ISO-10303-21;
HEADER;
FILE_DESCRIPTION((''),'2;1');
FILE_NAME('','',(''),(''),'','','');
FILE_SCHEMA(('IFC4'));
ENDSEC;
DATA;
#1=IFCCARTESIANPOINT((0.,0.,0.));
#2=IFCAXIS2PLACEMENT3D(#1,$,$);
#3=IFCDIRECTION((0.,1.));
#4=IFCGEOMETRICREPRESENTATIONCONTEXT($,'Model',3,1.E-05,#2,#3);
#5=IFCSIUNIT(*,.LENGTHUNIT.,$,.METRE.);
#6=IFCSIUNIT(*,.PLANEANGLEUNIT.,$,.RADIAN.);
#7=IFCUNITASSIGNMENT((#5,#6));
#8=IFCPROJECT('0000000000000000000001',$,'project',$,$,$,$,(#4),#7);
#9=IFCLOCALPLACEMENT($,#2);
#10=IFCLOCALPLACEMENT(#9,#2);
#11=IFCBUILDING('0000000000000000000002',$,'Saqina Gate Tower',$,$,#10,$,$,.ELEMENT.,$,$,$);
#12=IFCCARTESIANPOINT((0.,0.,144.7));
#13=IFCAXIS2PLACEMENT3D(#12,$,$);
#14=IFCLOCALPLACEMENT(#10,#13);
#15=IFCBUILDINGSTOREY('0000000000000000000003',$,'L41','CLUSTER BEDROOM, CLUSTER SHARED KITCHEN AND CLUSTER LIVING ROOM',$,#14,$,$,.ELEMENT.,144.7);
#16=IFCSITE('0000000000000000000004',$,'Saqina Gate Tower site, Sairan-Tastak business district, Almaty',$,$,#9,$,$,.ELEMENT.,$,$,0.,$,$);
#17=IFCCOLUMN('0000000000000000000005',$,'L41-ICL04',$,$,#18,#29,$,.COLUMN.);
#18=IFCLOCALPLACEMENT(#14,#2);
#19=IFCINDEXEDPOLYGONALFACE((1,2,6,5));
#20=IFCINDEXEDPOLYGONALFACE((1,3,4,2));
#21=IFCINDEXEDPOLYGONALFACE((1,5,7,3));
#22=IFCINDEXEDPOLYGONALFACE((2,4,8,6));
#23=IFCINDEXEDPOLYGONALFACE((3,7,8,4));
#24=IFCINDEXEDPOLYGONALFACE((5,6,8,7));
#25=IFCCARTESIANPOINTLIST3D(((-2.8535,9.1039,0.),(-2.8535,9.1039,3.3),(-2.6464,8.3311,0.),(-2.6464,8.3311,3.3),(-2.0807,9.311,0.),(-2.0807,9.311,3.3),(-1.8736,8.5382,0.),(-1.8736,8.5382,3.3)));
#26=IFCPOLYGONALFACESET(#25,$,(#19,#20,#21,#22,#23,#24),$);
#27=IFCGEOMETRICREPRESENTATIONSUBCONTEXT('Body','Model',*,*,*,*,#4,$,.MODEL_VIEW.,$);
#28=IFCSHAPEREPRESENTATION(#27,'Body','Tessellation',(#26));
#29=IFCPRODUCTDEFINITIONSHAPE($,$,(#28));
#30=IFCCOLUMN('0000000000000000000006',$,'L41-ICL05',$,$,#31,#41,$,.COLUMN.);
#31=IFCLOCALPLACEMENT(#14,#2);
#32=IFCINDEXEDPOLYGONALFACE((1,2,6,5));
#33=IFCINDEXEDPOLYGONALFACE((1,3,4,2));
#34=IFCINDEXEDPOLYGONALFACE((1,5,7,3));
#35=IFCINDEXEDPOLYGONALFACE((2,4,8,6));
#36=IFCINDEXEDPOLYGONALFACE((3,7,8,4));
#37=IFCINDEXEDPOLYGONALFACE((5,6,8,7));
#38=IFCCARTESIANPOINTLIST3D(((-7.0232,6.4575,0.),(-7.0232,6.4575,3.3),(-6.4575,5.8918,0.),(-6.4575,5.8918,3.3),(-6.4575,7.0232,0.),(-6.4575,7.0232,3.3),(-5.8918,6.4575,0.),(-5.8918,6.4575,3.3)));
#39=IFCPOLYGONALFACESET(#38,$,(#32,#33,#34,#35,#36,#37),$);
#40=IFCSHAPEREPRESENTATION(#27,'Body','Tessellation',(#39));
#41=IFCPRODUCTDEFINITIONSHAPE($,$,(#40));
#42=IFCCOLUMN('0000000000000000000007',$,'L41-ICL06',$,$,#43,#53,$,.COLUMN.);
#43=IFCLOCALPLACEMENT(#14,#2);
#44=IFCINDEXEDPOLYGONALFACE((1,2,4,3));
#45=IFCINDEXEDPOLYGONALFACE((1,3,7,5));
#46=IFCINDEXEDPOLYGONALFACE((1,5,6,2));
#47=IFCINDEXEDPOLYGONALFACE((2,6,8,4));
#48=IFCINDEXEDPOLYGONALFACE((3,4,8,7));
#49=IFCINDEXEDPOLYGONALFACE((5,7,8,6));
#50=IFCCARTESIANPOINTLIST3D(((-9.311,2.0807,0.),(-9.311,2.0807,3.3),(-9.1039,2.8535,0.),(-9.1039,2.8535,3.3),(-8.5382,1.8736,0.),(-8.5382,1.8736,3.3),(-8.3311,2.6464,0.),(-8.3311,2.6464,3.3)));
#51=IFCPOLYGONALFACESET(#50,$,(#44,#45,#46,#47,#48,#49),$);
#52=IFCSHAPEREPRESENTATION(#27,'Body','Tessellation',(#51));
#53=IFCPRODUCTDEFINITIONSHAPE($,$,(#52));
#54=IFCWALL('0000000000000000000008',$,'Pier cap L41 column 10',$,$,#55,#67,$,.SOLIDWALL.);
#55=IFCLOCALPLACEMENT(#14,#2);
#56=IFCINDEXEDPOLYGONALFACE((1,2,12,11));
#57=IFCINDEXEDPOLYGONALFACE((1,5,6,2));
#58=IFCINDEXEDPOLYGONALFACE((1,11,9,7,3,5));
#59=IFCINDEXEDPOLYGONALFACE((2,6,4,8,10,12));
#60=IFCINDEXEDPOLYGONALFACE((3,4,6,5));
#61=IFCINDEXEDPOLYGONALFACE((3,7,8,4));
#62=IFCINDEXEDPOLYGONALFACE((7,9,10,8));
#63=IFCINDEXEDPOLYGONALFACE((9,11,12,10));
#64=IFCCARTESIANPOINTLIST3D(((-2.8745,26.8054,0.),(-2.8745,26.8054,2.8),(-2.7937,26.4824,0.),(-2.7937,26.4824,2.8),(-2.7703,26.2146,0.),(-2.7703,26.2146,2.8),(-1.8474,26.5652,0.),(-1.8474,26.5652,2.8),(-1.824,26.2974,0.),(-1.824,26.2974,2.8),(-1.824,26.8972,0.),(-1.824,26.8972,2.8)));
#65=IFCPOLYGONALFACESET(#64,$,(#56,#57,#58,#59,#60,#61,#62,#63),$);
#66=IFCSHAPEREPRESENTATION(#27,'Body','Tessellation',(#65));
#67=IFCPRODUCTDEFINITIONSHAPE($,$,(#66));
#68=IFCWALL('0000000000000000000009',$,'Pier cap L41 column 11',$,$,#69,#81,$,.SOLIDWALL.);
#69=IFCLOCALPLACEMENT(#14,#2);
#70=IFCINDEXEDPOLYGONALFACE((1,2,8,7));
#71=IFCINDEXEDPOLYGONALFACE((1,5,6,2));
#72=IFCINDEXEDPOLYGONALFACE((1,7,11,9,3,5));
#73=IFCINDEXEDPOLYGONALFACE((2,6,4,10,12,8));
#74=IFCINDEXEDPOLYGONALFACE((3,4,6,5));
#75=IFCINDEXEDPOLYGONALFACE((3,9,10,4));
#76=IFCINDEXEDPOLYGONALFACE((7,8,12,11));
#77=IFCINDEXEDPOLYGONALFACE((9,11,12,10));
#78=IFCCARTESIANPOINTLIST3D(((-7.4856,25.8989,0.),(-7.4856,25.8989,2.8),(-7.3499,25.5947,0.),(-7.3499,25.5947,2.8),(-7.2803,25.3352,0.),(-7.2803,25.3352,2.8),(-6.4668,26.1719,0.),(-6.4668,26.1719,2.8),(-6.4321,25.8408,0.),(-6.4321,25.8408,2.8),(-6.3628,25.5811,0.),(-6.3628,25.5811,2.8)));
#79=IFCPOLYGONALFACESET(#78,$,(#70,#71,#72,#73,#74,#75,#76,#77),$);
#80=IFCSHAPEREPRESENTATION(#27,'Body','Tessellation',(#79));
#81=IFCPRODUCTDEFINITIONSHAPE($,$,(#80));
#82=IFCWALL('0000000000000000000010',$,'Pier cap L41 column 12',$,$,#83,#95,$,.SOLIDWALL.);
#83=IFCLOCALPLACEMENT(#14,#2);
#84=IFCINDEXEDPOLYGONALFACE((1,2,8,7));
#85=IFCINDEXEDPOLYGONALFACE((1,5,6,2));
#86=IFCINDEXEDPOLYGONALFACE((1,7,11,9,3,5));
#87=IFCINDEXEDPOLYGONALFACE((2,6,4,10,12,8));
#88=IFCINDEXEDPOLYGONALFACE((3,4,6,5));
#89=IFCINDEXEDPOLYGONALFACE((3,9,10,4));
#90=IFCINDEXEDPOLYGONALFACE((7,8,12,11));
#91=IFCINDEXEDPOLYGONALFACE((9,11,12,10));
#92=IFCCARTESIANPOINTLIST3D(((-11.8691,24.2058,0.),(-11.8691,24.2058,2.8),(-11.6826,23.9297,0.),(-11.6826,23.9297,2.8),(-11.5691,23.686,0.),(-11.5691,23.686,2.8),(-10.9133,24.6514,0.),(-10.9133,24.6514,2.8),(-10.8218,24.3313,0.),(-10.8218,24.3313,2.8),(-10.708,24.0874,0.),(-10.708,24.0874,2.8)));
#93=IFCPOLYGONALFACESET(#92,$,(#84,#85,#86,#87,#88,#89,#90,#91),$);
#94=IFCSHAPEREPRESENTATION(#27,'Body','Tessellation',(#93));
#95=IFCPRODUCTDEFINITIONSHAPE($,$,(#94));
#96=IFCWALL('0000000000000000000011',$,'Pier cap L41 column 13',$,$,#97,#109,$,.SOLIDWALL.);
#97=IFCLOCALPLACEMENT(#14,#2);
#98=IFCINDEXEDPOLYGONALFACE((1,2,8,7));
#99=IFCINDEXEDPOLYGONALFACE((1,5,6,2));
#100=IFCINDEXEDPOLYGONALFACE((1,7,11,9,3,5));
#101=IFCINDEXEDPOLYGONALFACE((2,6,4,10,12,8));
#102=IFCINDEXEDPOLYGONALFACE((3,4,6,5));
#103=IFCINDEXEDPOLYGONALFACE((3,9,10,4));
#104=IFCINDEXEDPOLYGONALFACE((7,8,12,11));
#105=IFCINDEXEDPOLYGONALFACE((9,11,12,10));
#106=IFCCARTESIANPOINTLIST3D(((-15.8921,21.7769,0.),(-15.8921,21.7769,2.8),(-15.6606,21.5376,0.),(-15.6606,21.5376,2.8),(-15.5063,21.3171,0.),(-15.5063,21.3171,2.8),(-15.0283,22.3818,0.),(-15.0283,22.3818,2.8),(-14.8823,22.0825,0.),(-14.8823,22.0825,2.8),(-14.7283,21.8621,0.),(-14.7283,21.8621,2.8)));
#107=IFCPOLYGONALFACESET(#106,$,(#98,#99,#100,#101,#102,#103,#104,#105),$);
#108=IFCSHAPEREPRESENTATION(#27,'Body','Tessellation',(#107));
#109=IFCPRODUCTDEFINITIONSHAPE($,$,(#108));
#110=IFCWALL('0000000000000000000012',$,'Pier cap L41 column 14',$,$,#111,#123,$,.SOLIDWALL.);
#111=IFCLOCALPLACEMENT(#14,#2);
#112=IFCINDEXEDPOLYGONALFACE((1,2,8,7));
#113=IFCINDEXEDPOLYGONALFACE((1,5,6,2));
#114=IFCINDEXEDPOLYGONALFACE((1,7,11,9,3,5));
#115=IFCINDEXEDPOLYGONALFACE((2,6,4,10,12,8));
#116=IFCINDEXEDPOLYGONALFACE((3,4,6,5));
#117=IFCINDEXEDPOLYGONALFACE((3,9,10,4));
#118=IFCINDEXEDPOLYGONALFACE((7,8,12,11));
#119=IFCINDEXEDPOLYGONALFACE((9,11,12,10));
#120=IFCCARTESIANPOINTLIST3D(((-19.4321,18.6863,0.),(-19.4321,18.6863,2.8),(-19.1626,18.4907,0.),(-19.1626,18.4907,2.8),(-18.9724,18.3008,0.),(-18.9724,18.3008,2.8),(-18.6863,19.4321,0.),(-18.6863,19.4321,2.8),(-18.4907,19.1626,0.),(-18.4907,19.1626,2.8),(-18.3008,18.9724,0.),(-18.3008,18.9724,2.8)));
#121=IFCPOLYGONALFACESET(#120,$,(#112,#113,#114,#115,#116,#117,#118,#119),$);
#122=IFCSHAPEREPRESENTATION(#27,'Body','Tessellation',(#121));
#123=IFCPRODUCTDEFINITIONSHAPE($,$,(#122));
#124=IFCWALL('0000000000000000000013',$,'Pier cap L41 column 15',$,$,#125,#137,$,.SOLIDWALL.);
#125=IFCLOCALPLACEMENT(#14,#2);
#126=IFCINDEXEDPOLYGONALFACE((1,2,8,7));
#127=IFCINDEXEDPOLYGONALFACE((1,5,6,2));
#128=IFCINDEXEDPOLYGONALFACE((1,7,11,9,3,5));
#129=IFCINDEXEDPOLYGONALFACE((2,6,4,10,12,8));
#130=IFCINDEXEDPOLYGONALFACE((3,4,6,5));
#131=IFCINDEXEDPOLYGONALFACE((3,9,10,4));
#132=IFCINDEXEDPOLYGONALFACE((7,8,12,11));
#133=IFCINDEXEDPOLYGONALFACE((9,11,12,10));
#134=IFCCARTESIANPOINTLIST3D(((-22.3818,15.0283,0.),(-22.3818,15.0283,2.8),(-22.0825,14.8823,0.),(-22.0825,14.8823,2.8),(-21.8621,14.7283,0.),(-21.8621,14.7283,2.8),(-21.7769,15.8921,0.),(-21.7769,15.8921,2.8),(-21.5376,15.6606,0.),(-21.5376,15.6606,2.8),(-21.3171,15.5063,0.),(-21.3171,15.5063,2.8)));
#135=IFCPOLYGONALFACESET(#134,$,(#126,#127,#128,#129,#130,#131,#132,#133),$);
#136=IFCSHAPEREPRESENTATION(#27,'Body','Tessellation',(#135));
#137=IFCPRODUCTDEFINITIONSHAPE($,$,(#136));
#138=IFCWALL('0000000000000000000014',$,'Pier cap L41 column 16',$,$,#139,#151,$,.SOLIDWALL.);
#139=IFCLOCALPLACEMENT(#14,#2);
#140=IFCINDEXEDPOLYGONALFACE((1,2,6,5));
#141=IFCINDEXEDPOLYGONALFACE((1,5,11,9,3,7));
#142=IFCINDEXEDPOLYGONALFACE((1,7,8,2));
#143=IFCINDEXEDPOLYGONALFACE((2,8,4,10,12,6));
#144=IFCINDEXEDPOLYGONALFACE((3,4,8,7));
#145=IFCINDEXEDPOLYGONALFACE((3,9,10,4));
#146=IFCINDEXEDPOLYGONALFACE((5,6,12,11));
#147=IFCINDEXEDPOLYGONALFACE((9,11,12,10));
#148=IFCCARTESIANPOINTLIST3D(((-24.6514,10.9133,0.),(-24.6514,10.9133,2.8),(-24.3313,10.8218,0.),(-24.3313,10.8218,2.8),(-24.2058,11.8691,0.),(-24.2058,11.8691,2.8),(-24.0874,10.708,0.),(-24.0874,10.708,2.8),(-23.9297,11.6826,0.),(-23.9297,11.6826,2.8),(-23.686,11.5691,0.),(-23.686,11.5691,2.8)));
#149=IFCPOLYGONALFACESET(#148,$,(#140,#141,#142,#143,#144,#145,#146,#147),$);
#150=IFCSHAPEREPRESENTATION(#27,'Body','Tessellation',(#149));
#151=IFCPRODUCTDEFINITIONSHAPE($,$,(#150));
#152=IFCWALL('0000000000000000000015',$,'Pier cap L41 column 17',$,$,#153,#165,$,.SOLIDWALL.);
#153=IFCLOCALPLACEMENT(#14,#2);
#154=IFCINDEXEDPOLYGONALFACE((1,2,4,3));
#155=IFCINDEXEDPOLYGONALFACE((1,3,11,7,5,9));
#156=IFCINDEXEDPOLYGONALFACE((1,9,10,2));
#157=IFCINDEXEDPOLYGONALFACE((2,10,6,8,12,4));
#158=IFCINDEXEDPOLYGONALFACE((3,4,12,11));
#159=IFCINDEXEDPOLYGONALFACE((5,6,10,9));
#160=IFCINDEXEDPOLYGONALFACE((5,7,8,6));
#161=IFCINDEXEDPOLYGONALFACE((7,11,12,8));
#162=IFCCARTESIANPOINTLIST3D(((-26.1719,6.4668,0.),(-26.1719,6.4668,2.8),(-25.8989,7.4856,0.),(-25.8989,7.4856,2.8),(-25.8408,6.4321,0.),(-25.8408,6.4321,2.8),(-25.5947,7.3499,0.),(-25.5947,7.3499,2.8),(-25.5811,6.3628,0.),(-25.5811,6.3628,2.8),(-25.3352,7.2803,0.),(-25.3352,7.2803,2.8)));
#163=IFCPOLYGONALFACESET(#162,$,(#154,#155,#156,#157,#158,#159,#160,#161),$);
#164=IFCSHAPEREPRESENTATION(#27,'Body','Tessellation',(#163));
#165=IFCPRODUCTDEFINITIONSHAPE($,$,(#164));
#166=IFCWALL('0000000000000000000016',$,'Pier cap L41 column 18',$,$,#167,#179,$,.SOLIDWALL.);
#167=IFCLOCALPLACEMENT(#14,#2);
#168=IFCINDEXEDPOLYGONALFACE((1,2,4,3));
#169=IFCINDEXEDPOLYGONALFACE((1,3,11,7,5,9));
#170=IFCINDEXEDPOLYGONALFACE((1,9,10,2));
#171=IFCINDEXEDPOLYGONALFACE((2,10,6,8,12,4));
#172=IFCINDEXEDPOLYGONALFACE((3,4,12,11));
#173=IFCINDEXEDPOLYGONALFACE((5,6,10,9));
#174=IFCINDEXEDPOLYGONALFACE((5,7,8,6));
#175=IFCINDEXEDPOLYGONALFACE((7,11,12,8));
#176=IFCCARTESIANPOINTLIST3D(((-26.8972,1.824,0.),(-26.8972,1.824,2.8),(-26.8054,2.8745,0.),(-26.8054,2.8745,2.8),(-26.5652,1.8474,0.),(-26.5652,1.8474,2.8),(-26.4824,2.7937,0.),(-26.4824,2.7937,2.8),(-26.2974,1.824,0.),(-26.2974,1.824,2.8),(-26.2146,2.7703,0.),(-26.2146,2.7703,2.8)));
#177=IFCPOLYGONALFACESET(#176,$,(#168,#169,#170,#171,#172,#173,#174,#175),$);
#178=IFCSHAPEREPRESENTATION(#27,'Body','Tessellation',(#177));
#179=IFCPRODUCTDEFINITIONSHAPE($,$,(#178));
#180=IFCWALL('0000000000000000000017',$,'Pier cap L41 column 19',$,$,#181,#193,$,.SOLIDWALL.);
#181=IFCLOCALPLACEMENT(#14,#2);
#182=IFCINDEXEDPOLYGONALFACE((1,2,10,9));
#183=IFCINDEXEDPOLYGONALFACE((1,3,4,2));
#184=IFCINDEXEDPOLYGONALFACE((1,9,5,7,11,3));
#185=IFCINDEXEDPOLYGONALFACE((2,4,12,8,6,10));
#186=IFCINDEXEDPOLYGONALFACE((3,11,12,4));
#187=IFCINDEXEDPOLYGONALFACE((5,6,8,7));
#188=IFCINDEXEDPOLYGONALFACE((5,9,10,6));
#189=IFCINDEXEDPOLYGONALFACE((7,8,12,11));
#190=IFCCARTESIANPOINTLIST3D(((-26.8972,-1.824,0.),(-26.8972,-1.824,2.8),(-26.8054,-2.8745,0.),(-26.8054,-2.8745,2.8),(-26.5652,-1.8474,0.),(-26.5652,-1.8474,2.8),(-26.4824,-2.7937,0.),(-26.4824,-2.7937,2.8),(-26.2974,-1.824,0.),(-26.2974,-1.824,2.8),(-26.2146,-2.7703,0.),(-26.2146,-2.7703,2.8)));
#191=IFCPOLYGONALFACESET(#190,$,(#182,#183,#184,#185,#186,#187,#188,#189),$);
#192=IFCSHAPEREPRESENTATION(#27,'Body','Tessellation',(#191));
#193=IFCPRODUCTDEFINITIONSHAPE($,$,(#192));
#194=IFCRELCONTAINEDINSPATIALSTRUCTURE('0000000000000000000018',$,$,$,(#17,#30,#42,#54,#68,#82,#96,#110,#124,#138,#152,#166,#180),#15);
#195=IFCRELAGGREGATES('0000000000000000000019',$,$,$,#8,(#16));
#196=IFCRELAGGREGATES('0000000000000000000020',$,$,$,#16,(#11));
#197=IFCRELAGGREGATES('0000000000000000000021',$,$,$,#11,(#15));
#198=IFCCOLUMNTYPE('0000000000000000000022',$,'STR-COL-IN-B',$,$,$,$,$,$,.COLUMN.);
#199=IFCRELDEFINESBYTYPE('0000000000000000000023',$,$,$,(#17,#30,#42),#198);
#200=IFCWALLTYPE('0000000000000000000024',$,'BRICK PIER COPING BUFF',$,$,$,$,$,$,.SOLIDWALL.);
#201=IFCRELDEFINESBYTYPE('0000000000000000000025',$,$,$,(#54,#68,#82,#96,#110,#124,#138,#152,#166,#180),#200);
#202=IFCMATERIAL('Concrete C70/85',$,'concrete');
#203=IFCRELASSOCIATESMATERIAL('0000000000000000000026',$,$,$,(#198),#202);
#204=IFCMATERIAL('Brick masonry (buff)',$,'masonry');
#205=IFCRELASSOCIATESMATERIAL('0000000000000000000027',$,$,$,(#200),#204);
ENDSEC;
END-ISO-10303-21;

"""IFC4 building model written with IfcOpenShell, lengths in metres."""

from ifc_helpers import new_model, si_unit, direction, frame, origin, origin_2d, place, context, subcontext, project, spatial, polyline, rectangle, outline, extrude, material, material_profile, profile_set, type_object, element, save


model = new_model("IFC4")

# Units and contexts
model_context = context("Model", 3, precision=1e-05, world=origin(), true_north=direction((0.0, 1.0)))
body_context = subcontext(model_context, "Body", "Model", "MODEL_VIEW")
ifc_project = project(units=[si_unit("LENGTHUNIT", "METRE"), si_unit("PLANEANGLEUNIT", "RADIAN")], contexts=[model_context])

# Site, building, storey
site_placement = place(None, origin())
site = spatial("IfcSite", under=ifc_project, at=site_placement, Name="Saqina Gate Tower site, Sairan-Tastak business district, Almaty", CompositionType="ELEMENT", RefElevation=0.0)
building_placement = place(site_placement, origin())
building = spatial("IfcBuilding", under=site, at=building_placement, Name="Saqina Gate Tower", CompositionType="ELEMENT")
storey_placement = place(building_placement, frame((0.0, 0.0, 144.7)))
storey = spatial("IfcBuildingStorey", under=building, at=storey_placement, Name="L41", Description="CLUSTER BEDROOM, CLUSTER SHARED KITCHEN AND CLUSTER LIVING ROOM", CompositionType="ELEMENT", Elevation=144.7)

# Columns
ifc_material_1 = material(Name="Concrete C70/85", Category="concrete")
ifc_material_profile = material_profile(ifc_material_1, rectangle(XDim=0.8, YDim=0.8, at=origin_2d()), Name="RC 800x800")
ifc_profile_set = profile_set([ifc_material_profile], Name="Concrete C70/85")
column_type = type_object("IfcColumnType", Name="STR-COL-IN-B", PredefinedType="COLUMN", material=ifc_profile_set)
for number, where, z_axis, x_axis, name in (
    (1, (-2.3635, 8.821, 0.0), (0.0, 0.0, 1.0), (-0.258819, 0.965926, 0.0), "L41-ICL04"),
    (2, (-6.4575, 6.4575, 0.0), (0.0, 0.0, 1.0), (-0.707107, 0.707107, 0.0), "L41-ICL05"),
    (3, (-8.821, 2.3635, 0.0), (0.0, 0.0, 1.0), (-0.965926, 0.258819, 0.0), "L41-ICL06"),
):
    element("IfcColumn", number, at=place(storey_placement, frame(where, z_axis=z_axis, x_axis=x_axis)), inside=storey, type_object=column_type, Name=name, PredefinedType="COLUMN", context=body_context, shape_type="SweptSolid", body=[
        extrude(rectangle(XDim=0.8, YDim=0.8, at=origin_2d()), origin(), (0.0, 0.0, 1.0), 3.3),
    ])

# Walls
ifc_material_2 = material(Name="Brick masonry (buff)", Category="masonry")
wall_type_1 = type_object("IfcWallType", Name="BRICK PIER COPING BUFF", PredefinedType="SOLIDWALL", material=ifc_material_2)
wall_1_placement = place(storey_placement, origin())
element("IfcWall", 4, at=wall_1_placement, inside=storey, type_object=wall_type_1, Name="Pier cap L41 column 10", PredefinedType="SOLIDWALL", context=body_context, shape_type="SweptSolid", body=[
    extrude(outline(polyline([(-2.8745, 26.8054), (-2.7703, 26.2146), (-2.7937, 26.4824), (-1.8474, 26.5652), (-1.824, 26.2974), (-1.824, 26.8972), (-2.8745, 26.8054)])), origin(), (0.0, 0.0, 1.0), 2.8),
])
wall_2_placement = place(storey_placement, origin())
element("IfcWall", 5, at=wall_2_placement, inside=storey, type_object=wall_type_1, Name="Pier cap L41 column 11", PredefinedType="SOLIDWALL", context=body_context, shape_type="SweptSolid", body=[
    extrude(outline(polyline([(-6.4668, 26.1719), (-7.4856, 25.8989), (-7.2803, 25.3352), (-7.3499, 25.5947), (-6.4321, 25.8408), (-6.3628, 25.5811), (-6.4668, 26.1719)])), origin(), (0.0, 0.0, 1.0), 2.8),
])
wall_3_placement = place(storey_placement, origin())
element("IfcWall", 6, at=wall_3_placement, inside=storey, type_object=wall_type_1, Name="Pier cap L41 column 12", PredefinedType="SOLIDWALL", context=body_context, shape_type="SweptSolid", body=[
    extrude(outline(polyline([(-10.9133, 24.6514), (-11.8691, 24.2058), (-11.5691, 23.686), (-11.6826, 23.9297), (-10.8218, 24.3313), (-10.708, 24.0874), (-10.9133, 24.6514)])), origin(), (0.0, 0.0, 1.0), 2.8),
])
wall_4_placement = place(storey_placement, origin())
element("IfcWall", 7, at=wall_4_placement, inside=storey, type_object=wall_type_1, Name="Pier cap L41 column 13", PredefinedType="SOLIDWALL", context=body_context, shape_type="SweptSolid", body=[
    extrude(outline(polyline([(-15.8921, 21.7769), (-15.5063, 21.3171), (-15.6606, 21.5376), (-14.8823, 22.0825), (-14.7283, 21.8621), (-15.0283, 22.3818), (-15.8921, 21.7769)])), origin(), (0.0, 0.0, 1.0), 2.8),
])
wall_5_placement = place(storey_placement, origin())
element("IfcWall", 8, at=wall_5_placement, inside=storey, type_object=wall_type_1, Name="Pier cap L41 column 14", PredefinedType="SOLIDWALL", context=body_context, shape_type="SweptSolid", body=[
    extrude(outline(polyline([(-18.6863, 19.4321), (-19.4321, 18.6863), (-18.9724, 18.3008), (-19.1626, 18.4907), (-18.4907, 19.1626), (-18.3008, 18.9724), (-18.6863, 19.4321)])), origin(), (0.0, 0.0, 1.0), 2.8),
])
wall_6_placement = place(storey_placement, origin())
element("IfcWall", 9, at=wall_6_placement, inside=storey, type_object=wall_type_1, Name="Pier cap L41 column 15", PredefinedType="SOLIDWALL", context=body_context, shape_type="SweptSolid", body=[
    extrude(outline(polyline([(-22.3818, 15.0283), (-21.8621, 14.7283), (-22.0825, 14.8823), (-21.5376, 15.6606), (-21.3171, 15.5063), (-21.7769, 15.8921), (-22.3818, 15.0283)])), origin(), (0.0, 0.0, 1.0), 2.8),
])
wall_7_placement = place(storey_placement, origin())
element("IfcWall", 10, at=wall_7_placement, inside=storey, type_object=wall_type_1, Name="Pier cap L41 column 16", PredefinedType="SOLIDWALL", context=body_context, shape_type="SweptSolid", body=[
    extrude(outline(polyline([(-24.6514, 10.9133), (-24.0874, 10.708), (-24.3313, 10.8218), (-23.9297, 11.6826), (-23.686, 11.5691), (-24.2058, 11.8691), (-24.6514, 10.9133)])), origin(), (0.0, 0.0, 1.0), 2.8),
])
wall_8_placement = place(storey_placement, origin())
element("IfcWall", 11, at=wall_8_placement, inside=storey, type_object=wall_type_1, Name="Pier cap L41 column 17", PredefinedType="SOLIDWALL", context=body_context, shape_type="SweptSolid", body=[
    extrude(outline(polyline([(-25.8989, 7.4856), (-26.1719, 6.4668), (-25.5811, 6.3628), (-25.8408, 6.4321), (-25.5947, 7.3499), (-25.3352, 7.2803), (-25.8989, 7.4856)])), origin(), (0.0, 0.0, 1.0), 2.8),
])
wall_9_placement = place(storey_placement, origin())
element("IfcWall", 12, at=wall_9_placement, inside=storey, type_object=wall_type_1, Name="Pier cap L41 column 18", PredefinedType="SOLIDWALL", context=body_context, shape_type="SweptSolid", body=[
    extrude(outline(polyline([(-26.8054, 2.8745), (-26.8972, 1.824), (-26.2974, 1.824), (-26.5652, 1.8474), (-26.4824, 2.7937), (-26.2146, 2.7703), (-26.8054, 2.8745)])), origin(), (0.0, 0.0, 1.0), 2.8),
])
wall_10_placement = place(storey_placement, origin())
element("IfcWall", 13, at=wall_10_placement, inside=storey, type_object=wall_type_1, Name="Pier cap L41 column 19", PredefinedType="SOLIDWALL", context=body_context, shape_type="SweptSolid", body=[
    extrude(outline(polyline([(-26.8054, -2.8745), (-26.2146, -2.7703), (-26.4824, -2.7937), (-26.5652, -1.8474), (-26.2974, -1.824), (-26.8972, -1.824), (-26.8054, -2.8745)])), origin(), (0.0, 0.0, 1.0), 2.8),
])

save(model, "model.ifc")
